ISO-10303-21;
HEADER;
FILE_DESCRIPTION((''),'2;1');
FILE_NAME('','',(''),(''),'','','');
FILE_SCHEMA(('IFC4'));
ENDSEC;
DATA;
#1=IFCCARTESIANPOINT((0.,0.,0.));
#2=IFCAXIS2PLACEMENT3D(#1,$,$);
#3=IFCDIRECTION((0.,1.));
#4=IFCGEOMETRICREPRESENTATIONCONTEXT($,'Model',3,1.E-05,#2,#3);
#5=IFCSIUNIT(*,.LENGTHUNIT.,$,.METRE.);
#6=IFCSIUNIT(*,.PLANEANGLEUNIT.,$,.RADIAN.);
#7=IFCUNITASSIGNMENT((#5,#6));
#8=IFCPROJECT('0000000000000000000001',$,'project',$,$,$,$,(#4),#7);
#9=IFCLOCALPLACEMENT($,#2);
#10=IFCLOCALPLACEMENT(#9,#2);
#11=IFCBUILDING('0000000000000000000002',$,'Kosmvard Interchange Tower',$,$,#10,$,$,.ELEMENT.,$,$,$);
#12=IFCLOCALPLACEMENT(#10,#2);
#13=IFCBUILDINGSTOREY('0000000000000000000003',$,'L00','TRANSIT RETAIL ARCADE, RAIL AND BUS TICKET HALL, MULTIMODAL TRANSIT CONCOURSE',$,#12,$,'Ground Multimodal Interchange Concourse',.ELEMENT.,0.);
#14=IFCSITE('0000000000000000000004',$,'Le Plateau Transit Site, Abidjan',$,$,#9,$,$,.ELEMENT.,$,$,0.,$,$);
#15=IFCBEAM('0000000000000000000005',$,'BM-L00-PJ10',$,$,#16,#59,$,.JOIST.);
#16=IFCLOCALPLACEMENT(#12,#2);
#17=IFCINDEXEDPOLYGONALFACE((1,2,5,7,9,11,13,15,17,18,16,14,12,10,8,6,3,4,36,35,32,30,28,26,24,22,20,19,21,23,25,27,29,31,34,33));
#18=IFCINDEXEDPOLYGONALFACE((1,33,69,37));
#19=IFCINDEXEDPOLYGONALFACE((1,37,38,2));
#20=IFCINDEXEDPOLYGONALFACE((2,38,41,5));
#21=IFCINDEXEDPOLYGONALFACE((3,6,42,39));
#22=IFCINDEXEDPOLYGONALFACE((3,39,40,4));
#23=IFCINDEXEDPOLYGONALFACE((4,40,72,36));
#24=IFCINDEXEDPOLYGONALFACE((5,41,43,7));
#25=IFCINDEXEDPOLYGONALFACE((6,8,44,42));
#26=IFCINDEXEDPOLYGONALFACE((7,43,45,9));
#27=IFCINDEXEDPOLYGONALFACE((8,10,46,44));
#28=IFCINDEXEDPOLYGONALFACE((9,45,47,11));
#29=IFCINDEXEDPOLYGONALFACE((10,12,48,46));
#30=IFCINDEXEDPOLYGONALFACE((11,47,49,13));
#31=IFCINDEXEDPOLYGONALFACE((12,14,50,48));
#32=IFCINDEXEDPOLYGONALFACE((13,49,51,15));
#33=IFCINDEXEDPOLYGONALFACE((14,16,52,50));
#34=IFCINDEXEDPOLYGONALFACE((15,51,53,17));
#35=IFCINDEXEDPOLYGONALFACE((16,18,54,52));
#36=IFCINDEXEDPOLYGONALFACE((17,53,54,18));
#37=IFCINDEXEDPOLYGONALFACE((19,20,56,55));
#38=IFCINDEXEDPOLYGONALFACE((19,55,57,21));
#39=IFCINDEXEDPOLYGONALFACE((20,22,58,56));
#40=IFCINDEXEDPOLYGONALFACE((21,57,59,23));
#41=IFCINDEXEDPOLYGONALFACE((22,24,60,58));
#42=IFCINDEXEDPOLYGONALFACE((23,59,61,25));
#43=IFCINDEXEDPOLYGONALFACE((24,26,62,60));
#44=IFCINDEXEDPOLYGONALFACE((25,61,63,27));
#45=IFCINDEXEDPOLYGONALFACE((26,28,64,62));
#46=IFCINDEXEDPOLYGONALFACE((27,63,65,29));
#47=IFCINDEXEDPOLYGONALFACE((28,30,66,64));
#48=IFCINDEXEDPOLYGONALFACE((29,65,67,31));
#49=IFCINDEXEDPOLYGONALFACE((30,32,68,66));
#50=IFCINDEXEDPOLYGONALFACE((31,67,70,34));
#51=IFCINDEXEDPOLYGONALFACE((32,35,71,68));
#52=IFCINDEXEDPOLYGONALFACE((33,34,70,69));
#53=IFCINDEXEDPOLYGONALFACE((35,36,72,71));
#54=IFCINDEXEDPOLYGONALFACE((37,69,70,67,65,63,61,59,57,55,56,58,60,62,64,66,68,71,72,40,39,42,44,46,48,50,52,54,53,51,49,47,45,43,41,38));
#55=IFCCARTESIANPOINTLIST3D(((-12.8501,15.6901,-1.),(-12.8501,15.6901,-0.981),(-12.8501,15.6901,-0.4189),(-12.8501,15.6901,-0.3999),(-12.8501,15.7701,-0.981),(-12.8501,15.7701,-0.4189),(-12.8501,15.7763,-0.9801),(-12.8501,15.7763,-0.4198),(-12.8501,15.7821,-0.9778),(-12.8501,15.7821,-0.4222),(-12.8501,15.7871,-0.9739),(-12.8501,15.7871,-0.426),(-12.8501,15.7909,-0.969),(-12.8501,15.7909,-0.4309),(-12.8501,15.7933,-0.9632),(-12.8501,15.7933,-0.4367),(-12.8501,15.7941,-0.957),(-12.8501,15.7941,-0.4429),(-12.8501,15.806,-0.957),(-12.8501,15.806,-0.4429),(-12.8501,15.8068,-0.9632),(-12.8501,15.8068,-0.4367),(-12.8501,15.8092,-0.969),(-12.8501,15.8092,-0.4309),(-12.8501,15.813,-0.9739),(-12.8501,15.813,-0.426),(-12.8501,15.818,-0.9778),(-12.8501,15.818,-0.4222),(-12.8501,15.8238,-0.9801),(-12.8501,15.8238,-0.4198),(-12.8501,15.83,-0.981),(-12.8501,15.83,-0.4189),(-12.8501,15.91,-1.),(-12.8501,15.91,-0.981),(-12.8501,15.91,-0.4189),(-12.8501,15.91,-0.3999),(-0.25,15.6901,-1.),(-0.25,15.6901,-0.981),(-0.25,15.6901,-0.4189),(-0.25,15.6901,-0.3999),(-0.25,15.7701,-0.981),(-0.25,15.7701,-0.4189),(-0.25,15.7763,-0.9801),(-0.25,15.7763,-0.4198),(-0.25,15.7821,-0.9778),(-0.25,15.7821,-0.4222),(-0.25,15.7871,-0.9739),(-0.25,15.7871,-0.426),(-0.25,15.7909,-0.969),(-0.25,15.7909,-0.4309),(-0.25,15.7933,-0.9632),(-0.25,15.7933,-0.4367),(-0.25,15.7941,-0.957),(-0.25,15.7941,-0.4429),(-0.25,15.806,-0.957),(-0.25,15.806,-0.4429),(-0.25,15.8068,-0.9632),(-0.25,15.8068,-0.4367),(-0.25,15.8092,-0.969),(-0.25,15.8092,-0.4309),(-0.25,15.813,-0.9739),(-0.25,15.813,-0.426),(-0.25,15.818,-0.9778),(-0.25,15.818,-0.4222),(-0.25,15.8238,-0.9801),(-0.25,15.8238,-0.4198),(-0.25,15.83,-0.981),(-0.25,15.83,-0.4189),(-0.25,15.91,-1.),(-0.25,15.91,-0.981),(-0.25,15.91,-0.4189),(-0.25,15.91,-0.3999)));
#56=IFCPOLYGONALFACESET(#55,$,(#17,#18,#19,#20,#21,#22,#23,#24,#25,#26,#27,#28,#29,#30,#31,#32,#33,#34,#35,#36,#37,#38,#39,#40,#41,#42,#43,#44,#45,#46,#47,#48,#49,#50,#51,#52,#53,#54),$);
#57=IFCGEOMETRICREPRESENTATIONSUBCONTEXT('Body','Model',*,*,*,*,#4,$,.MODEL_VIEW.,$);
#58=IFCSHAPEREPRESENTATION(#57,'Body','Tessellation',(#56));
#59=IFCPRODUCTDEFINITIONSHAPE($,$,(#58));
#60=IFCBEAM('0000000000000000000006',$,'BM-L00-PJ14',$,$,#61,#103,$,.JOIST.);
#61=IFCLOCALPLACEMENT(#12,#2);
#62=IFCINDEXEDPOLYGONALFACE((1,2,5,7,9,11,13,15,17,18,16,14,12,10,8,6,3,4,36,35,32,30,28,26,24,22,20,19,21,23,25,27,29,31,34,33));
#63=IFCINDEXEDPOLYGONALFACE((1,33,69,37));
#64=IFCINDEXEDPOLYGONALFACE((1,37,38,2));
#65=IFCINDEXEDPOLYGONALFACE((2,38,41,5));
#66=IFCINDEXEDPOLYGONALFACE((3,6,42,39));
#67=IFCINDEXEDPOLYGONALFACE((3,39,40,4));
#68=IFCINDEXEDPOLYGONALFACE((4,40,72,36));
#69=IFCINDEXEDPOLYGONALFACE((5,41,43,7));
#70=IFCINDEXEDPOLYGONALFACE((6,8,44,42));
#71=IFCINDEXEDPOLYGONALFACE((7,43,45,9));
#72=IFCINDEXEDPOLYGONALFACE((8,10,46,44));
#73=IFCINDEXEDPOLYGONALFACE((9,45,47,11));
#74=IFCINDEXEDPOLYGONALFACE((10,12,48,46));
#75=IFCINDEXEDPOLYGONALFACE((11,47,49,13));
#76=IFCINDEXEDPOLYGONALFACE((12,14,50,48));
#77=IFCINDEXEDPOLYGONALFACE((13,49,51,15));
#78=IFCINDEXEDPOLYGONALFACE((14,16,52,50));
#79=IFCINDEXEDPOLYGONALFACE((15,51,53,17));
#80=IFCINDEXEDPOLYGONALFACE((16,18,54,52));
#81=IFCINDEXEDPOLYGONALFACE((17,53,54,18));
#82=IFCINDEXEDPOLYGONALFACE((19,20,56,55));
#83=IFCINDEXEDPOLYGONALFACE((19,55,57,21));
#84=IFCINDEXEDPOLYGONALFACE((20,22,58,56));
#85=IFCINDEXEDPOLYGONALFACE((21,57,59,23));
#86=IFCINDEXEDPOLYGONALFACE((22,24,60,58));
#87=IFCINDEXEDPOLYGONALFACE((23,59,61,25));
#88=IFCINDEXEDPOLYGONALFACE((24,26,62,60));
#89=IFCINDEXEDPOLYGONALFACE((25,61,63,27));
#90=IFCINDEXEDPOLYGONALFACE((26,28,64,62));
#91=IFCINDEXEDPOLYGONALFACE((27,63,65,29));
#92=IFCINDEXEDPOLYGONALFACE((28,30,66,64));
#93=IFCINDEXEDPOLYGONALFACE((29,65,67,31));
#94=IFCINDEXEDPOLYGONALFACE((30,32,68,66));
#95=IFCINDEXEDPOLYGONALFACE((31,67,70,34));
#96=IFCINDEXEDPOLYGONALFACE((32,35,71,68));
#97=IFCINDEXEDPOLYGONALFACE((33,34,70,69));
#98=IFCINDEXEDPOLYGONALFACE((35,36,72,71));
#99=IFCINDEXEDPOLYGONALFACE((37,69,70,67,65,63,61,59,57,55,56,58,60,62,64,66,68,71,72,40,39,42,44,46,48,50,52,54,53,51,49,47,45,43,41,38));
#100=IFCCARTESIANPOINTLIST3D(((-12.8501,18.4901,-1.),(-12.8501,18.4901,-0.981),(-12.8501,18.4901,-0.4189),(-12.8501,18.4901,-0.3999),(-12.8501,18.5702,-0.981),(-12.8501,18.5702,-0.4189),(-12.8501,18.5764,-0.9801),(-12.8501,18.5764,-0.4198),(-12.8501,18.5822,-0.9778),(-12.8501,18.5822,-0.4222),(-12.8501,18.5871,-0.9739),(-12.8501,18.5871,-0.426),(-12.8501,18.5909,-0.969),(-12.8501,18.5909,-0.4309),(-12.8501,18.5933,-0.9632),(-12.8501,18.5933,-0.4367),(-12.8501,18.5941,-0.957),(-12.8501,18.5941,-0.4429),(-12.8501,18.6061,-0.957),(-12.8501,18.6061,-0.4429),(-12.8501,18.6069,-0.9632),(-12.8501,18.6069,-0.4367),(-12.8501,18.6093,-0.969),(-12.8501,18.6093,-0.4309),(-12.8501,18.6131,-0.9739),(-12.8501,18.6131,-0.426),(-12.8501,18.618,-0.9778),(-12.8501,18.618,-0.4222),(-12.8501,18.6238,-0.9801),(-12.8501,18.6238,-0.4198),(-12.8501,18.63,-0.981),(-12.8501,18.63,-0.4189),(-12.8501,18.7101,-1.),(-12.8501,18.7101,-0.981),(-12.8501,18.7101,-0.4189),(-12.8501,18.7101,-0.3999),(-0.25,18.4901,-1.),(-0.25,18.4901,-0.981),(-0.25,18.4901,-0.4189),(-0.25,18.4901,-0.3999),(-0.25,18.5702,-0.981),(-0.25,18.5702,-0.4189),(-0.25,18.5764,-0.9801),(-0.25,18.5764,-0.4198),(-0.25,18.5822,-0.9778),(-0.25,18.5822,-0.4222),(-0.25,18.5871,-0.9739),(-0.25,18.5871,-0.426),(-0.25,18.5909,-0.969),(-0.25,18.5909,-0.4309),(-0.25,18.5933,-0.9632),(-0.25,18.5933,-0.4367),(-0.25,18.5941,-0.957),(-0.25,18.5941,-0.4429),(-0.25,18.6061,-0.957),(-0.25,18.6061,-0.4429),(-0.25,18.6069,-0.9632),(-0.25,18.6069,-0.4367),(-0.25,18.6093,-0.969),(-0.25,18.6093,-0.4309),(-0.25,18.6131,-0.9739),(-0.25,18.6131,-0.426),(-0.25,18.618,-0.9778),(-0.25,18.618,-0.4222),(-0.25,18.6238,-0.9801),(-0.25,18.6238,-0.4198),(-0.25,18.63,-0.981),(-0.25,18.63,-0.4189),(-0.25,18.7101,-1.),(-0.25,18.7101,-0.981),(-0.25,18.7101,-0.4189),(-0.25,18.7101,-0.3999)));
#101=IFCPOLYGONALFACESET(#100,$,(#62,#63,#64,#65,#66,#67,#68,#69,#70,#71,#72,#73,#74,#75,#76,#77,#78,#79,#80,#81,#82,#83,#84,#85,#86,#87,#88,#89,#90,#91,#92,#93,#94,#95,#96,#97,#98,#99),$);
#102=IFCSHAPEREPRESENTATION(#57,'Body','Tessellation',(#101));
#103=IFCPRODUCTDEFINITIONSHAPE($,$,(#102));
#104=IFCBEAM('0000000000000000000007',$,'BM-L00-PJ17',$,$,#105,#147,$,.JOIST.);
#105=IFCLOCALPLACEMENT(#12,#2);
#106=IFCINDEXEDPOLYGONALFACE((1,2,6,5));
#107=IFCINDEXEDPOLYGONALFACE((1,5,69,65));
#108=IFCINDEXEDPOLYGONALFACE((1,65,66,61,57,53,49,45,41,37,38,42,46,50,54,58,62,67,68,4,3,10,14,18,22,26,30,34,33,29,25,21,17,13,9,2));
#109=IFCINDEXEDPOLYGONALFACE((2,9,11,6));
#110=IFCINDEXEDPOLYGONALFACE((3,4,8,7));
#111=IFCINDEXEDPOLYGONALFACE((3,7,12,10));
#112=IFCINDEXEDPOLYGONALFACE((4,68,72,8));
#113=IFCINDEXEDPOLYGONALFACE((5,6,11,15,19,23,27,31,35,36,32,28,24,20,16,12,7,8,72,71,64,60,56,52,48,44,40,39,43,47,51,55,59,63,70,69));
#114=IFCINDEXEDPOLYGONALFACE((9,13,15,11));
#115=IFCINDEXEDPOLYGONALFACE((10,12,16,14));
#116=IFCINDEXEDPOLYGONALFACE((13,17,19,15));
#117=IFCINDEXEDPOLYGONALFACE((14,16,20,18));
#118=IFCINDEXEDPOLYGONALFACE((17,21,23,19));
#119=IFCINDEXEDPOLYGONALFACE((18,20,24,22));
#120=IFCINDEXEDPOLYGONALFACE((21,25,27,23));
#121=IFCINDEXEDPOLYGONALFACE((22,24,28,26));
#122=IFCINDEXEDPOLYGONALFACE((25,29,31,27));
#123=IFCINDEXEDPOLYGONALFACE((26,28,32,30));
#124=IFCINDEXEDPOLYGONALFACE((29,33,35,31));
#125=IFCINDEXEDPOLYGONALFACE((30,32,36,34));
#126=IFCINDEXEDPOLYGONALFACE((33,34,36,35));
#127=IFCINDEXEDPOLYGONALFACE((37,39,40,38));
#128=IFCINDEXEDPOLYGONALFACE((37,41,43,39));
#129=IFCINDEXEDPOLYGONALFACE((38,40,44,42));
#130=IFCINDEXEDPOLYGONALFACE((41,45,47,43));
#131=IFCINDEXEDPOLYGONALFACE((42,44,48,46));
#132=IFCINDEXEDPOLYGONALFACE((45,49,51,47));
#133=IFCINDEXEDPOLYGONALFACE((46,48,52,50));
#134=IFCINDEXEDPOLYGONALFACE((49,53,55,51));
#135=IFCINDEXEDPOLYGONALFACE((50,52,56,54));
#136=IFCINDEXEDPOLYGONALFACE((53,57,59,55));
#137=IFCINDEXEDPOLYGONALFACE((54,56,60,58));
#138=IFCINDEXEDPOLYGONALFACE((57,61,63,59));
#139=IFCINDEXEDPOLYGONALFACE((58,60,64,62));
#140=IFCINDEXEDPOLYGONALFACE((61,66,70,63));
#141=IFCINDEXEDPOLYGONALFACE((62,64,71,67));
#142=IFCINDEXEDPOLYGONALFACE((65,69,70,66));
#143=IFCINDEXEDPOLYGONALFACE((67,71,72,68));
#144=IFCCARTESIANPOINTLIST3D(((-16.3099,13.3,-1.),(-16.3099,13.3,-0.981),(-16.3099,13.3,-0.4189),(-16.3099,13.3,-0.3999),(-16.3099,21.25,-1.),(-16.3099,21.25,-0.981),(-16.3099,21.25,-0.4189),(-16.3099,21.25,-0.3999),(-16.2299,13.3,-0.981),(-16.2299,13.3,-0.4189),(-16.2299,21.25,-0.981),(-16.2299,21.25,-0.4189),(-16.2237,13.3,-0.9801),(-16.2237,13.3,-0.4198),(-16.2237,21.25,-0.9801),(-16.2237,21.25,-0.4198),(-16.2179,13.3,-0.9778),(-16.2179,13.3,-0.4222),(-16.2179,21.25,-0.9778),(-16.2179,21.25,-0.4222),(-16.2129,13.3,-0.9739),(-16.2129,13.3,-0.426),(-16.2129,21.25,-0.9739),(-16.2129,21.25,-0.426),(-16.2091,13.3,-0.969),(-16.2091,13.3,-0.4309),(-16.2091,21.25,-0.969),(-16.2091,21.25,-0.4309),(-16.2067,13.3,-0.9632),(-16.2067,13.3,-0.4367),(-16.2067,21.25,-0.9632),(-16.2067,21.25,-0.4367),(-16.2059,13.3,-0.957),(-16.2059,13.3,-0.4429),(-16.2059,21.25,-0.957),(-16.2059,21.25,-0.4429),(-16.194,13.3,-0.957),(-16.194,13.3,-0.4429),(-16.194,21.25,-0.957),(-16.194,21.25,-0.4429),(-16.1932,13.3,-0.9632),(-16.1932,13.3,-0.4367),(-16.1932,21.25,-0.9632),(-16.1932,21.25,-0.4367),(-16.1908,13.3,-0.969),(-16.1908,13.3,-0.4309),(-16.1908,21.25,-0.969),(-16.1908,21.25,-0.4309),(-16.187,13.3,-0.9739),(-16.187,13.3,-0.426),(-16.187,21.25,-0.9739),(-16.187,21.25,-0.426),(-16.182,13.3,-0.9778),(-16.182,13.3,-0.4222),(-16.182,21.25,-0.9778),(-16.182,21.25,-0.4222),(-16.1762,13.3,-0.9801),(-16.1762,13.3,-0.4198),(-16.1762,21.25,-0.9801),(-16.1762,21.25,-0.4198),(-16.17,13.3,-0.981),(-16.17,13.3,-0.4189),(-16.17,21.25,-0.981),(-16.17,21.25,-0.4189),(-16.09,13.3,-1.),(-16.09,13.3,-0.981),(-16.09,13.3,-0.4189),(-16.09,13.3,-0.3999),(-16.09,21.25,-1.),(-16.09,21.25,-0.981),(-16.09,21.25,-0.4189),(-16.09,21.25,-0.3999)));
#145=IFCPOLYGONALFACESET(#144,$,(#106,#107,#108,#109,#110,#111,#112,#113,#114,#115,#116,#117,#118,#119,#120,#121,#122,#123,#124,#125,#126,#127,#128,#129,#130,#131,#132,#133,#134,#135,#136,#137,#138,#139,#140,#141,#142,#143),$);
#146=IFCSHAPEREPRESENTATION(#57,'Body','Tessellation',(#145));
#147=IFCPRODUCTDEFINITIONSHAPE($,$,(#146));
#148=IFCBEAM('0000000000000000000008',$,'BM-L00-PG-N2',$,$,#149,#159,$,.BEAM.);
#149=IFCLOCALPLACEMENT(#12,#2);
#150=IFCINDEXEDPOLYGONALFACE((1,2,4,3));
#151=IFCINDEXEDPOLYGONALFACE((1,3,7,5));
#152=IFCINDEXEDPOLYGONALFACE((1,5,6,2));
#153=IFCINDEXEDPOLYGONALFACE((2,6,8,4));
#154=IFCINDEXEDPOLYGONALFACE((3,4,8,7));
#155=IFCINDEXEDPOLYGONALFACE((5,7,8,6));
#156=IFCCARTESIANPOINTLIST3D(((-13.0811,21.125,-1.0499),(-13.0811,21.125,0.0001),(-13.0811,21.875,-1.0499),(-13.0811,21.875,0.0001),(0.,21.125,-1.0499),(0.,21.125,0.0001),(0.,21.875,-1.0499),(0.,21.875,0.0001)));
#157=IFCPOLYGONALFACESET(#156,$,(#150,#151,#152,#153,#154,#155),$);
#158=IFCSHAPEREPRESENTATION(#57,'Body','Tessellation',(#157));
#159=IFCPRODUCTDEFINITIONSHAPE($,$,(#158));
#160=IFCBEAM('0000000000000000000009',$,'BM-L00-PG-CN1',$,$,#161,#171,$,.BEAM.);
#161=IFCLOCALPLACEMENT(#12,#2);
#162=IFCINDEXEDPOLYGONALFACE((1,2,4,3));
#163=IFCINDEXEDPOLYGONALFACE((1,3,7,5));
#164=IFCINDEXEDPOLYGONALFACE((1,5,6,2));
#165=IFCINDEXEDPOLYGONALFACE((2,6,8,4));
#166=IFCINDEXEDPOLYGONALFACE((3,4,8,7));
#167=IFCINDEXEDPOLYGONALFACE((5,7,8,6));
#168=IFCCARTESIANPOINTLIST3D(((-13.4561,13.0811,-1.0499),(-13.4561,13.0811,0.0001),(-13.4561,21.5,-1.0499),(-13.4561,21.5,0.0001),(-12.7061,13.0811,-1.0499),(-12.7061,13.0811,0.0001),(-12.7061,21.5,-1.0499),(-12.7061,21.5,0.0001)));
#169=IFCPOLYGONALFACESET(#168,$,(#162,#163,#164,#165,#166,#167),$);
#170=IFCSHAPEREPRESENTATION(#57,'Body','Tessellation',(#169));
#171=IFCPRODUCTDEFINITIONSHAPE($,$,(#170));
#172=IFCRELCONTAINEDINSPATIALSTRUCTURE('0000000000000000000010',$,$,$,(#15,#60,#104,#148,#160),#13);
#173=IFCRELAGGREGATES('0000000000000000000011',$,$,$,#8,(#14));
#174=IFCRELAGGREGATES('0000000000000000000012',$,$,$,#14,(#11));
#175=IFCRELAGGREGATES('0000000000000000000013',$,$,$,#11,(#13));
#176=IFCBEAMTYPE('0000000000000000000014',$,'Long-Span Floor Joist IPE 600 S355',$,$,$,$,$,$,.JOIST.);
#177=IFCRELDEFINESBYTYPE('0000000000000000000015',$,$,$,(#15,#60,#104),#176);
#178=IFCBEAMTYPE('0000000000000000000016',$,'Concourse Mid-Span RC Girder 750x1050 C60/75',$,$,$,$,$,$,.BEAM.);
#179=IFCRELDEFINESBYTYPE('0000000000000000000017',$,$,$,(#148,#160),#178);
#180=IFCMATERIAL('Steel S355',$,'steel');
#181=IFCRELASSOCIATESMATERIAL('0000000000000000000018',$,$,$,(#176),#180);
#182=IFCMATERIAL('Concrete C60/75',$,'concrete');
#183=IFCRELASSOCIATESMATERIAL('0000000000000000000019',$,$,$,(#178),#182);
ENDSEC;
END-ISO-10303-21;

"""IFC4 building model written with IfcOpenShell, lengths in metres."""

from ifc_helpers import new_model, si_unit, direction, frame, origin, origin_2d, place, context, subcontext, project, spatial, rectangle, i_section, extrude, source, transform, mapped, material, material_profile, profile_set, type_object, element, save


model = new_model("IFC4")

# Units and contexts
model_context = context("Model", 3, precision=1e-05, world=origin(), true_north=direction((0.0, 1.0)))
body_context = subcontext(model_context, "Body", "Model", "MODEL_VIEW")
ifc_project = project(units=[si_unit("LENGTHUNIT", "METRE"), si_unit("PLANEANGLEUNIT", "RADIAN")], contexts=[model_context])

# Site, building, storey
site_placement = place(None, origin())
site = spatial("IfcSite", under=ifc_project, at=site_placement, Name="Le Plateau Transit Site, Abidjan", CompositionType="ELEMENT", RefElevation=0.0)
building_placement = place(site_placement, origin())
building = spatial("IfcBuilding", under=site, at=building_placement, Name="Kosmvard Interchange Tower", CompositionType="ELEMENT")
storey_placement = place(building_placement, origin())
storey = spatial("IfcBuildingStorey", under=building, at=storey_placement, Name="L00", Description="TRANSIT RETAIL ARCADE, RAIL AND BUS TICKET HALL, MULTIMODAL TRANSIT CONCOURSE", LongName="Ground Multimodal Interchange Concourse", CompositionType="ELEMENT", Elevation=0.0)

# Shared definitions
ifc_material_1 = material(Name="Concrete C60/75", Category="concrete")
ifc_material_2 = material(Name="Steel S355", Category="steel")

# Beams
ifc_material_profile_1 = material_profile(ifc_material_2, i_section(OverallWidth=0.22, OverallDepth=0.6001, WebThickness=0.012, FlangeThickness=0.019, FilletRadius=0.0239, at=origin_2d()), Name="IPE 600")
ifc_profile_set_1 = profile_set([ifc_material_profile_1], Name="Steel S355")
beam_type_1 = type_object("IfcBeamType", Name="Long-Span Floor Joist IPE 600 S355", PredefinedType="JOIST", material=ifc_profile_set_1)
shared_shape_1 = source(origin(), body_context, "Body", "SweptSolid", [
    extrude(i_section(OverallWidth=0.22, OverallDepth=0.6001, WebThickness=0.012, FlangeThickness=0.019, FilletRadius=0.0239, at=origin_2d()), origin(), (0.0, 0.0, 1.0), 12.6001),
])
for number, where, z_axis, x_axis, name in (
    (1, (-12.8501, 15.8, -0.7), (1.0, 0.0, 0.0), (0.0, 1.0, 0.0), "BM-L00-PJ10"),
    (2, (-12.8501, 18.6001, -0.7), (1.0, 0.0, 0.0), (0.0, 1.0, 0.0), "BM-L00-PJ14"),
):
    element("IfcBeam", number, at=place(storey_placement, frame(where, z_axis=z_axis, x_axis=x_axis)), inside=storey, type_object=beam_type_1, Name=name, PredefinedType="JOIST", context=body_context, shape_type="MappedRepresentation", body=[
        mapped(shared_shape_1, transform((0.0, 0.0, 0.0), scale=1.0)),
    ])
shared_shape_2 = source(origin(), body_context, "Body", "SweptSolid", [
    extrude(i_section(OverallWidth=0.22, OverallDepth=0.6001, WebThickness=0.012, FlangeThickness=0.019, FilletRadius=0.0239, at=origin_2d()), origin(), (0.0, 0.0, 1.0), 7.95),
])
beam_1_placement = place(storey_placement, frame((-16.2, 13.3, -0.7), z_axis=(0.0, 1.0, 0.0), x_axis=(-1.0, 0.0, 0.0)))
element("IfcBeam", 3, at=beam_1_placement, inside=storey, type_object=beam_type_1, Name="BM-L00-PJ17", PredefinedType="JOIST", context=body_context, shape_type="MappedRepresentation", body=[
    mapped(shared_shape_2, transform((0.0, 0.0, 0.0), scale=1.0)),
])
ifc_material_profile_2 = material_profile(ifc_material_1, rectangle(XDim=0.75, YDim=1.05, at=origin_2d()), Name="RCG 750x1050")
ifc_profile_set_2 = profile_set([ifc_material_profile_2], Name="Concrete C60/75")
beam_type_2 = type_object("IfcBeamType", Name="Concourse Mid-Span RC Girder 750x1050 C60/75", PredefinedType="BEAM", material=ifc_profile_set_2)
shared_shape_3 = source(origin(), body_context, "Body", "SweptSolid", [
    extrude(rectangle(XDim=0.75, YDim=1.05, at=origin_2d()), origin(), (0.0, 0.0, 1.0), 13.0811),
])
beam_2_placement = place(storey_placement, frame((-13.0811, 21.5, -0.5249), z_axis=(1.0, 0.0, 0.0), x_axis=(0.0, 1.0, 0.0)))
element("IfcBeam", 4, at=beam_2_placement, inside=storey, type_object=beam_type_2, Name="BM-L00-PG-N2", PredefinedType="BEAM", context=body_context, shape_type="MappedRepresentation", body=[
    mapped(shared_shape_3, transform((0.0, 0.0, 0.0), scale=1.0)),
])
shared_shape_4 = source(origin(), body_context, "Body", "SweptSolid", [
    extrude(rectangle(XDim=0.75, YDim=1.05, at=origin_2d()), origin(), (0.0, 0.0, 1.0), 8.4189),
])
beam_3_placement = place(storey_placement, frame((-13.0811, 21.5, -0.5249), z_axis=(0.0, -1.0, 0.0), x_axis=(1.0, 0.0, 0.0)))
element("IfcBeam", 5, at=beam_3_placement, inside=storey, type_object=beam_type_2, Name="BM-L00-PG-CN1", PredefinedType="BEAM", context=body_context, shape_type="MappedRepresentation", body=[
    mapped(shared_shape_4, transform((0.0, 0.0, 0.0), scale=1.0)),
])

save(model, "model.ifc")
